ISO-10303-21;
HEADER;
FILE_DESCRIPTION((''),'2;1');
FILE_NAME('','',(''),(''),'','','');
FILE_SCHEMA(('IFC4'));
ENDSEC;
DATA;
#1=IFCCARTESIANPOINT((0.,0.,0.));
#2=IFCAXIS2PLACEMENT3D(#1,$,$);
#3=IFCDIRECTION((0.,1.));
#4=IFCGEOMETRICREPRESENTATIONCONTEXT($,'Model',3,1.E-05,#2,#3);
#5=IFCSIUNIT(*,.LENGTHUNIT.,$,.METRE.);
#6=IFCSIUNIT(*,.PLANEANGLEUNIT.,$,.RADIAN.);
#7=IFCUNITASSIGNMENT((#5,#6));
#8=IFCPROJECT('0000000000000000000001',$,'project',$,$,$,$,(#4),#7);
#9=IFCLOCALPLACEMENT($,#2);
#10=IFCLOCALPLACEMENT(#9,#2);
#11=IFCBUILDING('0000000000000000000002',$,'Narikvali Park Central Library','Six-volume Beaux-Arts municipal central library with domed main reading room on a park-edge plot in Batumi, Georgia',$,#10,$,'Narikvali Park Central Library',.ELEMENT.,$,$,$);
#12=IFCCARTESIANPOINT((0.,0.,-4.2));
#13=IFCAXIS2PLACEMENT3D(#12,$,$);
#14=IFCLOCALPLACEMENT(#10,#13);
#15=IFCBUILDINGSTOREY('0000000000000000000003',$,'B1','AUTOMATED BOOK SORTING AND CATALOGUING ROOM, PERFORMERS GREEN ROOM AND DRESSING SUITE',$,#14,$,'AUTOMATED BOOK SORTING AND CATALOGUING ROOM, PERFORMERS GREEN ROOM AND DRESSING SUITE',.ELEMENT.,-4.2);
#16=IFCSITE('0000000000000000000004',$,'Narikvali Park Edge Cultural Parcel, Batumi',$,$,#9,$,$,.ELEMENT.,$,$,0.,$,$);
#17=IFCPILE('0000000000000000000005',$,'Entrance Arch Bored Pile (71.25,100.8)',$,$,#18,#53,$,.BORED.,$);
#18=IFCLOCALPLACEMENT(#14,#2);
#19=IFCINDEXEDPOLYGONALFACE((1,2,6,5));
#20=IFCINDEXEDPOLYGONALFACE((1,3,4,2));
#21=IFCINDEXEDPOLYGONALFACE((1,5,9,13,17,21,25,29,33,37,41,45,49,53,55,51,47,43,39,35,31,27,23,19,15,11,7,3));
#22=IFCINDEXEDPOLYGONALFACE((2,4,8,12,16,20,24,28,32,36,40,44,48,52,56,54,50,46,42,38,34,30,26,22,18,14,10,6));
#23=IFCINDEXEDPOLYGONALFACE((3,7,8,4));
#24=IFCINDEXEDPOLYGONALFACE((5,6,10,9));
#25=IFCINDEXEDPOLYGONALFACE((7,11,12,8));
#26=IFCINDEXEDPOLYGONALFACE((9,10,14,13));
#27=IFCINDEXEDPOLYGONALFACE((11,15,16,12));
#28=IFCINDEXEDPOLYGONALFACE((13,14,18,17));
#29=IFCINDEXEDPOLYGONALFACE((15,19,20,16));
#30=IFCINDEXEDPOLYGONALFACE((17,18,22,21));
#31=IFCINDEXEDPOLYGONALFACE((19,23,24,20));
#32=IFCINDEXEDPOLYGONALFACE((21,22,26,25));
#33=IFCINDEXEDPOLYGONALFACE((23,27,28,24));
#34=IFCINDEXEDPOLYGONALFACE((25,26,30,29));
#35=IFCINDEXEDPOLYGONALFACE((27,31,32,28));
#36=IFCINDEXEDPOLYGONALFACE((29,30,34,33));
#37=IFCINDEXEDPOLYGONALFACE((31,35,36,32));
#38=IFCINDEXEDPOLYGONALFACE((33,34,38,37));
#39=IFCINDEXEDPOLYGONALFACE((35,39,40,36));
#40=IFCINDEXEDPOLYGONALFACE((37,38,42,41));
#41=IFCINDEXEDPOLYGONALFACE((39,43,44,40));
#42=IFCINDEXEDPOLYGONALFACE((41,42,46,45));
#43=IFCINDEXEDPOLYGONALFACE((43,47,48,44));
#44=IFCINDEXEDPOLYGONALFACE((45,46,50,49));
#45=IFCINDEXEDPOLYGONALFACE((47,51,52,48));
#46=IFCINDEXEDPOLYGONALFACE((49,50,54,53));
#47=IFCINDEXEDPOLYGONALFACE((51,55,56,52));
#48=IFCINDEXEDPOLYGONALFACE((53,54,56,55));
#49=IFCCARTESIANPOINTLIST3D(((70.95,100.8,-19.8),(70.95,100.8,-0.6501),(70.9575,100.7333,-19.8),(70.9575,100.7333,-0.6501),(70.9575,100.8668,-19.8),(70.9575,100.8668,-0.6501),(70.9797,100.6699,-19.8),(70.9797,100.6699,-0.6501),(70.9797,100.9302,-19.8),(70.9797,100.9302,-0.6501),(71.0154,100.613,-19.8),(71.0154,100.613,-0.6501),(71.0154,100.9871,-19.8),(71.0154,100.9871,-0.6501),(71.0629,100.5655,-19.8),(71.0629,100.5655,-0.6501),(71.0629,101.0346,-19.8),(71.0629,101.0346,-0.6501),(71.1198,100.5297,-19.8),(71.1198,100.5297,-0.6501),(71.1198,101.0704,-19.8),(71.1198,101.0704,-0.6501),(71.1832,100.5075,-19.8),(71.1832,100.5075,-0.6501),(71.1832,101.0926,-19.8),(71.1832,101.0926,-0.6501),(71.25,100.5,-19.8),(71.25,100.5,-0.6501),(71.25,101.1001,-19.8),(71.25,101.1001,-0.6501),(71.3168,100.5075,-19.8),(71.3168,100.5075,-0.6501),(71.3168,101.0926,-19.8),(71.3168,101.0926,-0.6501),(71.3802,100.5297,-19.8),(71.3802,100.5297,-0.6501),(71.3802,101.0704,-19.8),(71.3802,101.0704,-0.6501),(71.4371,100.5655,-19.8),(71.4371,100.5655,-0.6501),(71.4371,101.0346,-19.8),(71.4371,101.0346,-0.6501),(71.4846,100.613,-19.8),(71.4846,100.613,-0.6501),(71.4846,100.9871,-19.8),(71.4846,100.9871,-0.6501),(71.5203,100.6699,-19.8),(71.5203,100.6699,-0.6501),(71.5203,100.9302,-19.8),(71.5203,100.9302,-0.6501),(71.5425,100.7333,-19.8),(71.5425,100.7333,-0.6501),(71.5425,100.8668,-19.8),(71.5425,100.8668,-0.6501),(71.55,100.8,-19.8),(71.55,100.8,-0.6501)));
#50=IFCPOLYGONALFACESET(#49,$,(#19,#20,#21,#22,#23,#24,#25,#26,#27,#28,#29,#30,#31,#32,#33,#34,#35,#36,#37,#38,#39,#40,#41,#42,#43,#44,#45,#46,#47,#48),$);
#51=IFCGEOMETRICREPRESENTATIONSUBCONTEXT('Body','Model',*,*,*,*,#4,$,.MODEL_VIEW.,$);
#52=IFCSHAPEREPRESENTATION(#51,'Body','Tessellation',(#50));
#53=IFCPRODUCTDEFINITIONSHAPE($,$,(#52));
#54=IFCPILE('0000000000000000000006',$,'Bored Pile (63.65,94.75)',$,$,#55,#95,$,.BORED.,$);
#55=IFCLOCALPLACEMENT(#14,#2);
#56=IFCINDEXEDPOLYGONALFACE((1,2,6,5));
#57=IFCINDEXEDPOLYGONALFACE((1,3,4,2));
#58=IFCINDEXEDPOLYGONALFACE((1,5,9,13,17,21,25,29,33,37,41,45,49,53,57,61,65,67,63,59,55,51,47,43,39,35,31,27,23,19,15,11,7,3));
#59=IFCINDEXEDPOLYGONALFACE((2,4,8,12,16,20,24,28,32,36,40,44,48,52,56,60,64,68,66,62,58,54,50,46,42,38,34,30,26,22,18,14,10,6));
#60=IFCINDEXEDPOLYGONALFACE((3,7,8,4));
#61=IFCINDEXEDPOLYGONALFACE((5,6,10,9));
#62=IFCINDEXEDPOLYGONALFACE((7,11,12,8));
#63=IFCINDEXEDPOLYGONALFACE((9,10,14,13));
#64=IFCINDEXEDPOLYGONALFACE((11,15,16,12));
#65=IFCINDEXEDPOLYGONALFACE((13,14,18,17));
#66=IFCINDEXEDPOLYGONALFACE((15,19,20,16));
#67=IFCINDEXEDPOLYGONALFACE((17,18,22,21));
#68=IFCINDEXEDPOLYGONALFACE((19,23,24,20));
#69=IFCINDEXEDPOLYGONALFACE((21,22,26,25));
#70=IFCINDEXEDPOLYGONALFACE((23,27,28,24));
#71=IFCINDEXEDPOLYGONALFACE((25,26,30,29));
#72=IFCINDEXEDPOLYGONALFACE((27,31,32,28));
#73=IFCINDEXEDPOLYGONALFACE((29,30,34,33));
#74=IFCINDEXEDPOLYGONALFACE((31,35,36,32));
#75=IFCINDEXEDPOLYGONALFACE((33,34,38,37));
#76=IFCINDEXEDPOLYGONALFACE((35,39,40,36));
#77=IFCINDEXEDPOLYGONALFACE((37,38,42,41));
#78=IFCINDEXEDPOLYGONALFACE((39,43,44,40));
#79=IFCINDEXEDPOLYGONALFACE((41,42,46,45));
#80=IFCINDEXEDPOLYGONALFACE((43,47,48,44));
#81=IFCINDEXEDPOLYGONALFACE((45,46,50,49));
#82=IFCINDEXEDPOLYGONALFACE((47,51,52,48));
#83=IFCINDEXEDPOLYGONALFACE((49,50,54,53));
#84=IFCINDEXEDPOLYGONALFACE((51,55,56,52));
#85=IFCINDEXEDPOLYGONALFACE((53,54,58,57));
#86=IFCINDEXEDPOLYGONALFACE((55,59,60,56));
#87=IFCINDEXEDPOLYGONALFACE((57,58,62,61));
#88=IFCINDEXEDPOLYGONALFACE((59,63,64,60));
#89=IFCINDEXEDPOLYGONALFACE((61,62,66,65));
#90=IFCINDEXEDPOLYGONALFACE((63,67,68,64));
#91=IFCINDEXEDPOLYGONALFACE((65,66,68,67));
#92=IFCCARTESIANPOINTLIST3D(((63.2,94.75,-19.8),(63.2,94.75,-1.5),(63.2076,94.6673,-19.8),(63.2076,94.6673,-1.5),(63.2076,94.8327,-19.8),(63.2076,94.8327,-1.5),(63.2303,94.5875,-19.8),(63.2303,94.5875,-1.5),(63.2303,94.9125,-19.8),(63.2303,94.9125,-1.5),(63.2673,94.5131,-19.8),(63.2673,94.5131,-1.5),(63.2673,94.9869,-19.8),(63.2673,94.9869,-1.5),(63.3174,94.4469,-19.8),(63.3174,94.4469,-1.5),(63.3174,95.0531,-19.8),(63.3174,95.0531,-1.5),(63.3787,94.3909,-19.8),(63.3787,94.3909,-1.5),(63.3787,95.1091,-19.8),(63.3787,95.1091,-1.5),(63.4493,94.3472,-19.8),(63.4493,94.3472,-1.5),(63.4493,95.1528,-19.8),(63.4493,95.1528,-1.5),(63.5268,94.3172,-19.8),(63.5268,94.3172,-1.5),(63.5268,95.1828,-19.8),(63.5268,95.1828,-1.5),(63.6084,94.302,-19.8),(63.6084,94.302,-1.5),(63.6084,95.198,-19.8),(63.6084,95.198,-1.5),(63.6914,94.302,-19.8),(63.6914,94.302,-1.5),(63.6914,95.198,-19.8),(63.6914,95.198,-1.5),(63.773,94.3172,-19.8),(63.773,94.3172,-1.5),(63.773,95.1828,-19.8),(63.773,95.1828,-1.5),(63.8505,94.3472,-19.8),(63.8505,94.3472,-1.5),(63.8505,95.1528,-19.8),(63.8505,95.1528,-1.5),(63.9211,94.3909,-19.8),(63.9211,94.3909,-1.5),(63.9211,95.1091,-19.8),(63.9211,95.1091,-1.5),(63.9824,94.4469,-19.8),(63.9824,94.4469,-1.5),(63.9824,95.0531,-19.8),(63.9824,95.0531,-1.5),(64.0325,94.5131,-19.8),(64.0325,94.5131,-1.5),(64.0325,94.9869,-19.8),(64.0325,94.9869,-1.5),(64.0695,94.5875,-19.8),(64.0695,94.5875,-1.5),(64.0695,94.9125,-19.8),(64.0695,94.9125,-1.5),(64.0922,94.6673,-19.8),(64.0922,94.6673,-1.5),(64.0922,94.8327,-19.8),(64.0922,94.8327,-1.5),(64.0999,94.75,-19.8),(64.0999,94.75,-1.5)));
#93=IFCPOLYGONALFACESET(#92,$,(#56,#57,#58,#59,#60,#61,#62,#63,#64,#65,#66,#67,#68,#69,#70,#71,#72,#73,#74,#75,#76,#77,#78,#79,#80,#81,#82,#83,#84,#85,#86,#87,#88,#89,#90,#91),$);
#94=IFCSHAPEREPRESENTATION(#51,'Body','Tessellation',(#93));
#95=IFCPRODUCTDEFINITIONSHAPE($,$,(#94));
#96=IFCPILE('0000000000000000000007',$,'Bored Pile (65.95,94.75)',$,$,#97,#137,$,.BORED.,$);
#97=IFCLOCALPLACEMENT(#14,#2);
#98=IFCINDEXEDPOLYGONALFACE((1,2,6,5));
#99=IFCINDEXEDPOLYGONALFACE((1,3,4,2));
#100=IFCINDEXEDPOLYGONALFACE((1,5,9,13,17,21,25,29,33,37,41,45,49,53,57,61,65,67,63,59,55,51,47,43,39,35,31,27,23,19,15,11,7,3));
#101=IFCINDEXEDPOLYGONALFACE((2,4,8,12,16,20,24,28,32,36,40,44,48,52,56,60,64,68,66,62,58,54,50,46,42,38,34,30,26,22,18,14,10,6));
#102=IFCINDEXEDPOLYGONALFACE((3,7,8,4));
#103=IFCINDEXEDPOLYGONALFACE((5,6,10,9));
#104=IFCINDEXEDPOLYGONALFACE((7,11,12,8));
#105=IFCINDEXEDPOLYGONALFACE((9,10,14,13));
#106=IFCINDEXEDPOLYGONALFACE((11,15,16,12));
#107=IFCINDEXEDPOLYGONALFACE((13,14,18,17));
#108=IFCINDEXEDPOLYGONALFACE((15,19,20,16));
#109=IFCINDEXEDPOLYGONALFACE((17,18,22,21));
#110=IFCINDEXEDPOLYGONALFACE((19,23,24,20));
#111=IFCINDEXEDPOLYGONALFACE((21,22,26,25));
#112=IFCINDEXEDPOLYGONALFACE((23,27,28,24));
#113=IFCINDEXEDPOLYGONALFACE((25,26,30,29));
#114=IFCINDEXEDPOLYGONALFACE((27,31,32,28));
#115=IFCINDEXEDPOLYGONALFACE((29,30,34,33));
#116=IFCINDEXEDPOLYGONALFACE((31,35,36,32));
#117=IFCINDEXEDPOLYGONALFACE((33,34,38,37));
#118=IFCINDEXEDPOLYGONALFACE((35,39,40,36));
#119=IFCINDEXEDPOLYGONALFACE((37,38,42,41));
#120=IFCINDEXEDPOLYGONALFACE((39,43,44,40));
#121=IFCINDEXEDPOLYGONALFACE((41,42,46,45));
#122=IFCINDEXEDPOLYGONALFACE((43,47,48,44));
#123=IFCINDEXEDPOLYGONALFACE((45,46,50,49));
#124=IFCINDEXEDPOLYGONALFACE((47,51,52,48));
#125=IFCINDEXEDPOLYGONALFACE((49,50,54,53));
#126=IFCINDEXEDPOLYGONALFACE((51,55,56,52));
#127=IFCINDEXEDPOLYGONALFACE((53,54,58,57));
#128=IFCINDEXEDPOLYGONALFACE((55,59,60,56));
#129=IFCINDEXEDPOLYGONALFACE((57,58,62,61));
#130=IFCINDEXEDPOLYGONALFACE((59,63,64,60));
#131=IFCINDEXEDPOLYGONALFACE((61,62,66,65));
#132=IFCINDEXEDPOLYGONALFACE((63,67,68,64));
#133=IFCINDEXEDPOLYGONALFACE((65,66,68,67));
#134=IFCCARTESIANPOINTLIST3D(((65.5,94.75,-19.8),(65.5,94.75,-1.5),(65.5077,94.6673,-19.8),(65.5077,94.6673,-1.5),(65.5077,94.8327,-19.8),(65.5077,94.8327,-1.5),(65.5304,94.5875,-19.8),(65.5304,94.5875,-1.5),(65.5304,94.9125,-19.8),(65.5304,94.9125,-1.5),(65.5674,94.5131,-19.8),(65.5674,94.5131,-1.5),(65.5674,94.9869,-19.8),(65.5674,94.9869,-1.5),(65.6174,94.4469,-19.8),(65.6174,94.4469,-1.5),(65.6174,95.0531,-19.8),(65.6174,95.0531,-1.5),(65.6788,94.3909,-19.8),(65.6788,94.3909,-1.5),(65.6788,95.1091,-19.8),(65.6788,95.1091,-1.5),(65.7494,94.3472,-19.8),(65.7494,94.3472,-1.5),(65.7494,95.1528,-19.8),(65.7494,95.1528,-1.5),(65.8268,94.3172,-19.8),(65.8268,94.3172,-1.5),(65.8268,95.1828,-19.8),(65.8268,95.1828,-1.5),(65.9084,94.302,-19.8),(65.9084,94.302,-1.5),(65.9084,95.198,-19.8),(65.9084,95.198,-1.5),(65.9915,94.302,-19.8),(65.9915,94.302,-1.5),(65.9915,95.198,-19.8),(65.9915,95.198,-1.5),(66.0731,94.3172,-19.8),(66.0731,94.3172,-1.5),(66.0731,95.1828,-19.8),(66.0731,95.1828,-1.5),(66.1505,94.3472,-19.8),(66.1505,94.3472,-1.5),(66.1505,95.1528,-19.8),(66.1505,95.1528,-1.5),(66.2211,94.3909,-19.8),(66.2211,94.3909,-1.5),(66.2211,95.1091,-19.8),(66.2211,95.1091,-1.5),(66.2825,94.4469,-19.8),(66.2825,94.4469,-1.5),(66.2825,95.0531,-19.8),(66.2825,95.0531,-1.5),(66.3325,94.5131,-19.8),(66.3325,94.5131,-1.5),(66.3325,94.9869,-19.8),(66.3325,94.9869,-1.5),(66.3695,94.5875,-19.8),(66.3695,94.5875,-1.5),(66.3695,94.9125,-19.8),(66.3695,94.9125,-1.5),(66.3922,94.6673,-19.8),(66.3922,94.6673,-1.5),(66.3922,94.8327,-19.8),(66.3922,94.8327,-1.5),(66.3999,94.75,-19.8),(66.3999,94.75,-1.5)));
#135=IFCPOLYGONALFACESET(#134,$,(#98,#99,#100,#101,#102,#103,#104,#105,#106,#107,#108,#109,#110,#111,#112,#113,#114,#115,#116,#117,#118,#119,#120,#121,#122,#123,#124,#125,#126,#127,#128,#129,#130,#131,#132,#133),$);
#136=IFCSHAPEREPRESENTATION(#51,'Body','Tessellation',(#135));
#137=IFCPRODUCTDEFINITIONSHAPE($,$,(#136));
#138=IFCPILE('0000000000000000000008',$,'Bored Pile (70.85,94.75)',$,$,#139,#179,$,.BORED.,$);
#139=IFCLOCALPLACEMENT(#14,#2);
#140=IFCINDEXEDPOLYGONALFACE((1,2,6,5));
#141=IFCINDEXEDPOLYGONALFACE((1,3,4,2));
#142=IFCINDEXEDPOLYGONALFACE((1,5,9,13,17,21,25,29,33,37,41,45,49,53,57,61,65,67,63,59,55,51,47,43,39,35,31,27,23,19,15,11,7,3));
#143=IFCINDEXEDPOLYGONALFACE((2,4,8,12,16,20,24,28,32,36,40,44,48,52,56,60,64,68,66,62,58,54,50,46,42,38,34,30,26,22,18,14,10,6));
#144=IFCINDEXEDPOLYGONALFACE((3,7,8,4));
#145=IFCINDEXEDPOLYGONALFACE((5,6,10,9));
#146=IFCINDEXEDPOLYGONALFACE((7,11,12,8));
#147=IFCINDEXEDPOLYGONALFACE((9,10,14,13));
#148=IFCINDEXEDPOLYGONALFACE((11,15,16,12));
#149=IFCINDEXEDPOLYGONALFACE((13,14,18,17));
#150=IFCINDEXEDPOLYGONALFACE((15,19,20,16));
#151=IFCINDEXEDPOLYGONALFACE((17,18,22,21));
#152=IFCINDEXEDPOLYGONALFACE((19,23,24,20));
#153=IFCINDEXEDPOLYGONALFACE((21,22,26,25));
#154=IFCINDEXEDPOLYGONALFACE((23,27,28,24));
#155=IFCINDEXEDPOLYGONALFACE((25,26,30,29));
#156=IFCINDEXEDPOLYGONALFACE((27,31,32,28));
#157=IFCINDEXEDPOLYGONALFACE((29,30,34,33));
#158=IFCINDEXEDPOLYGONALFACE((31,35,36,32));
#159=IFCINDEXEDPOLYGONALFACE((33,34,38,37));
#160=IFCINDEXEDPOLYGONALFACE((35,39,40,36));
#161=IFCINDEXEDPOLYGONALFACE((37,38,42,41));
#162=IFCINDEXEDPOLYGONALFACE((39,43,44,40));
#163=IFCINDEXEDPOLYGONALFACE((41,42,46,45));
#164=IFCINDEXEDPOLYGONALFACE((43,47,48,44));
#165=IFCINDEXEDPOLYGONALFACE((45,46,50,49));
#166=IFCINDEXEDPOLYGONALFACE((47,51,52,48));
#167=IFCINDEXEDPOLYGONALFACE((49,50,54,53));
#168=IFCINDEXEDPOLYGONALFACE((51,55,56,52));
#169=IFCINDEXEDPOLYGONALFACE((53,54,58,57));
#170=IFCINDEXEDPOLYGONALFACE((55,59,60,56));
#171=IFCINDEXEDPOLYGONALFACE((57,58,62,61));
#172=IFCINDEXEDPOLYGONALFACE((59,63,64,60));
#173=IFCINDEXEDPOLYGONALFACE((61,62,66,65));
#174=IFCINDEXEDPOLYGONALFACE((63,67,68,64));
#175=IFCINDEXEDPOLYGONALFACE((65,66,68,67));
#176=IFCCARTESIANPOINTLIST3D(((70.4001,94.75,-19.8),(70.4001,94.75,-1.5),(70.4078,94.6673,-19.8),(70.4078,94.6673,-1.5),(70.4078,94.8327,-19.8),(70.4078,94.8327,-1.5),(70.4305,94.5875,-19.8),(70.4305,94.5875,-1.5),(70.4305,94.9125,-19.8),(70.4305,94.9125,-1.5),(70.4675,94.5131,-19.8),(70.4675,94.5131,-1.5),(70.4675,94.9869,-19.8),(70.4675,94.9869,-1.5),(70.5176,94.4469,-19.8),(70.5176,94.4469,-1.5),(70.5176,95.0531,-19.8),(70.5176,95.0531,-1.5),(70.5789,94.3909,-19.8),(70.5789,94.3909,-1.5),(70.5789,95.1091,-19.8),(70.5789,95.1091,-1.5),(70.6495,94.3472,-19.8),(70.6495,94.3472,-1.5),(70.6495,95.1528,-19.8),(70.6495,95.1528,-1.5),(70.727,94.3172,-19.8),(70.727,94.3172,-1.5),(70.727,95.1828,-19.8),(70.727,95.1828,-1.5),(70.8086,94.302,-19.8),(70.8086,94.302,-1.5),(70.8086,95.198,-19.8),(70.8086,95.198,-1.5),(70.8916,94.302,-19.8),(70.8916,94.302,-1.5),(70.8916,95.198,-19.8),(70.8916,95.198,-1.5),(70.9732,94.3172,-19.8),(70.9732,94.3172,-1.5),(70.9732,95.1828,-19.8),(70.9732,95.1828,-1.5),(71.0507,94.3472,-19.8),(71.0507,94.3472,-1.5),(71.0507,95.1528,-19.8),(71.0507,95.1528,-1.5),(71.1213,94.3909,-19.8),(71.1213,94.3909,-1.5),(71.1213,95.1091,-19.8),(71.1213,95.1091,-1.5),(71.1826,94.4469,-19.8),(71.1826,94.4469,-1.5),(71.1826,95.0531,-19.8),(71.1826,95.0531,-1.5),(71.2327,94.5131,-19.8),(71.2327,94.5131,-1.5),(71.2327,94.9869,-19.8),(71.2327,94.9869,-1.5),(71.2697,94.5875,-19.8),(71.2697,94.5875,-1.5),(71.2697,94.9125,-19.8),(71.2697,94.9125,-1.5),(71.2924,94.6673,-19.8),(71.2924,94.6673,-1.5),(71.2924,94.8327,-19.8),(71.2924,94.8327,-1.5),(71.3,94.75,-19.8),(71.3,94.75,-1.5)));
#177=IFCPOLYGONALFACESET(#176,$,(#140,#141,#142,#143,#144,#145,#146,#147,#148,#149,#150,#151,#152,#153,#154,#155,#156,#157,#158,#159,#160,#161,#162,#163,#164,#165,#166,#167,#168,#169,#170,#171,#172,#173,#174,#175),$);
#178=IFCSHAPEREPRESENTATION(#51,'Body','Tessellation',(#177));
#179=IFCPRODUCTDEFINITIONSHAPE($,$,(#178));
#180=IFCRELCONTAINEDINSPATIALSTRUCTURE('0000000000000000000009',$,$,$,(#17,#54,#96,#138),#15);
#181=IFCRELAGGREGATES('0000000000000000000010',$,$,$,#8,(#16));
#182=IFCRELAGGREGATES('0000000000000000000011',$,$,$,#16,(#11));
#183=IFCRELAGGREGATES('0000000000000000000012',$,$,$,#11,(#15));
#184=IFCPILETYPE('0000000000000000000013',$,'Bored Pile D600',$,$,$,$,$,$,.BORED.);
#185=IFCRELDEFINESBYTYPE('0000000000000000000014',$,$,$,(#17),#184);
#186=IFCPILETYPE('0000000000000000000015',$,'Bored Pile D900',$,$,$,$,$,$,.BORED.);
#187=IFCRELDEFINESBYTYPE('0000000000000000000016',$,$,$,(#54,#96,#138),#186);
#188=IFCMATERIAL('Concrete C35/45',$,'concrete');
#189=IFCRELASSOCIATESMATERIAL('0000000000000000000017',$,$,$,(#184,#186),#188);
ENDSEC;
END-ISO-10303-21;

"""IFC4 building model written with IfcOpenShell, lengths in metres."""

from ifc_helpers import new_model, si_unit, direction, frame, origin, origin_2d, place, context, subcontext, project, spatial, circle, extrude, material, material_profile, profile_set, type_object, element, save


model = new_model("IFC4")

# Units and contexts
model_context = context("Model", 3, precision=1e-05, world=origin(), true_north=direction((0.0, 1.0)))
body_context = subcontext(model_context, "Body", "Model", "MODEL_VIEW")
ifc_project = project(units=[si_unit("LENGTHUNIT", "METRE"), si_unit("PLANEANGLEUNIT", "RADIAN")], contexts=[model_context])

# Site, building, storey
site_placement = place(None, origin())
site = spatial("IfcSite", under=ifc_project, at=site_placement, Name="Narikvali Park Edge Cultural Parcel, Batumi", CompositionType="ELEMENT", RefElevation=0.0)
building_placement = place(site_placement, origin())
building = spatial("IfcBuilding", under=site, at=building_placement, Name="Narikvali Park Central Library", Description="Six-volume Beaux-Arts municipal central library with domed main reading room on a park-edge plot in Batumi, Georgia", LongName="Narikvali Park Central Library", CompositionType="ELEMENT")
storey_placement = place(building_placement, frame((0.0, 0.0, -4.2)))
storey = spatial("IfcBuildingStorey", under=building, at=storey_placement, Name="B1", Description="AUTOMATED BOOK SORTING AND CATALOGUING ROOM, PERFORMERS GREEN ROOM AND DRESSING SUITE", LongName="AUTOMATED BOOK SORTING AND CATALOGUING ROOM, PERFORMERS GREEN ROOM AND DRESSING SUITE", CompositionType="ELEMENT", Elevation=-4.2)

# Piles
ifc_material_1 = material(Name="Concrete C35/45", Category="concrete")
ifc_material_profile_1 = material_profile(ifc_material_1, circle(Radius=0.3, at=origin_2d()), Name="PILE D600")
ifc_profile_set_1 = profile_set([ifc_material_profile_1], Name="Concrete C35/45")
pile_type_1 = type_object("IfcPileType", Name="Bored Pile D600", PredefinedType="BORED", material=ifc_profile_set_1)
pile_placement = place(storey_placement, frame((71.25, 100.8, -0.6501), z_axis=(0.0, 0.0, -1.0), x_axis=(1.0, 0.0, 0.0)))
element("IfcPile", 1, at=pile_placement, inside=storey, type_object=pile_type_1, Name="Entrance Arch Bored Pile (71.25,100.8)", PredefinedType="BORED", context=body_context, shape_type="SweptSolid", body=[
    extrude(circle(Radius=0.3, at=origin_2d()), origin(), (0.0, 0.0, 1.0), 19.1499),
])
ifc_material_profile_2 = material_profile(ifc_material_1, circle(Radius=0.45, at=origin_2d()), Name="PILE D900")
ifc_profile_set_2 = profile_set([ifc_material_profile_2], Name="Concrete C35/45")
pile_type_2 = type_object("IfcPileType", Name="Bored Pile D900", PredefinedType="BORED", material=ifc_profile_set_2)
for number, where, z_axis, x_axis, name in (
    (2, (63.6499, 94.75, -1.5), (0.0, 0.0, -1.0), (1.0, 0.0, 0.0), "Bored Pile (63.65,94.75)"),
    (3, (65.95, 94.75, -1.5), (0.0, 0.0, -1.0), (1.0, 0.0, 0.0), "Bored Pile (65.95,94.75)"),
    (4, (70.8501, 94.75, -1.5), (0.0, 0.0, -1.0), (1.0, 0.0, 0.0), "Bored Pile (70.85,94.75)"),
):
    element("IfcPile", number, at=place(storey_placement, frame(where, z_axis=z_axis, x_axis=x_axis)), inside=storey, type_object=pile_type_2, Name=name, PredefinedType="BORED", context=body_context, shape_type="SweptSolid", body=[
        extrude(circle(Radius=0.45, at=origin_2d()), origin(), (0.0, 0.0, 1.0), 18.3),
    ])

save(model, "model.ifc")
